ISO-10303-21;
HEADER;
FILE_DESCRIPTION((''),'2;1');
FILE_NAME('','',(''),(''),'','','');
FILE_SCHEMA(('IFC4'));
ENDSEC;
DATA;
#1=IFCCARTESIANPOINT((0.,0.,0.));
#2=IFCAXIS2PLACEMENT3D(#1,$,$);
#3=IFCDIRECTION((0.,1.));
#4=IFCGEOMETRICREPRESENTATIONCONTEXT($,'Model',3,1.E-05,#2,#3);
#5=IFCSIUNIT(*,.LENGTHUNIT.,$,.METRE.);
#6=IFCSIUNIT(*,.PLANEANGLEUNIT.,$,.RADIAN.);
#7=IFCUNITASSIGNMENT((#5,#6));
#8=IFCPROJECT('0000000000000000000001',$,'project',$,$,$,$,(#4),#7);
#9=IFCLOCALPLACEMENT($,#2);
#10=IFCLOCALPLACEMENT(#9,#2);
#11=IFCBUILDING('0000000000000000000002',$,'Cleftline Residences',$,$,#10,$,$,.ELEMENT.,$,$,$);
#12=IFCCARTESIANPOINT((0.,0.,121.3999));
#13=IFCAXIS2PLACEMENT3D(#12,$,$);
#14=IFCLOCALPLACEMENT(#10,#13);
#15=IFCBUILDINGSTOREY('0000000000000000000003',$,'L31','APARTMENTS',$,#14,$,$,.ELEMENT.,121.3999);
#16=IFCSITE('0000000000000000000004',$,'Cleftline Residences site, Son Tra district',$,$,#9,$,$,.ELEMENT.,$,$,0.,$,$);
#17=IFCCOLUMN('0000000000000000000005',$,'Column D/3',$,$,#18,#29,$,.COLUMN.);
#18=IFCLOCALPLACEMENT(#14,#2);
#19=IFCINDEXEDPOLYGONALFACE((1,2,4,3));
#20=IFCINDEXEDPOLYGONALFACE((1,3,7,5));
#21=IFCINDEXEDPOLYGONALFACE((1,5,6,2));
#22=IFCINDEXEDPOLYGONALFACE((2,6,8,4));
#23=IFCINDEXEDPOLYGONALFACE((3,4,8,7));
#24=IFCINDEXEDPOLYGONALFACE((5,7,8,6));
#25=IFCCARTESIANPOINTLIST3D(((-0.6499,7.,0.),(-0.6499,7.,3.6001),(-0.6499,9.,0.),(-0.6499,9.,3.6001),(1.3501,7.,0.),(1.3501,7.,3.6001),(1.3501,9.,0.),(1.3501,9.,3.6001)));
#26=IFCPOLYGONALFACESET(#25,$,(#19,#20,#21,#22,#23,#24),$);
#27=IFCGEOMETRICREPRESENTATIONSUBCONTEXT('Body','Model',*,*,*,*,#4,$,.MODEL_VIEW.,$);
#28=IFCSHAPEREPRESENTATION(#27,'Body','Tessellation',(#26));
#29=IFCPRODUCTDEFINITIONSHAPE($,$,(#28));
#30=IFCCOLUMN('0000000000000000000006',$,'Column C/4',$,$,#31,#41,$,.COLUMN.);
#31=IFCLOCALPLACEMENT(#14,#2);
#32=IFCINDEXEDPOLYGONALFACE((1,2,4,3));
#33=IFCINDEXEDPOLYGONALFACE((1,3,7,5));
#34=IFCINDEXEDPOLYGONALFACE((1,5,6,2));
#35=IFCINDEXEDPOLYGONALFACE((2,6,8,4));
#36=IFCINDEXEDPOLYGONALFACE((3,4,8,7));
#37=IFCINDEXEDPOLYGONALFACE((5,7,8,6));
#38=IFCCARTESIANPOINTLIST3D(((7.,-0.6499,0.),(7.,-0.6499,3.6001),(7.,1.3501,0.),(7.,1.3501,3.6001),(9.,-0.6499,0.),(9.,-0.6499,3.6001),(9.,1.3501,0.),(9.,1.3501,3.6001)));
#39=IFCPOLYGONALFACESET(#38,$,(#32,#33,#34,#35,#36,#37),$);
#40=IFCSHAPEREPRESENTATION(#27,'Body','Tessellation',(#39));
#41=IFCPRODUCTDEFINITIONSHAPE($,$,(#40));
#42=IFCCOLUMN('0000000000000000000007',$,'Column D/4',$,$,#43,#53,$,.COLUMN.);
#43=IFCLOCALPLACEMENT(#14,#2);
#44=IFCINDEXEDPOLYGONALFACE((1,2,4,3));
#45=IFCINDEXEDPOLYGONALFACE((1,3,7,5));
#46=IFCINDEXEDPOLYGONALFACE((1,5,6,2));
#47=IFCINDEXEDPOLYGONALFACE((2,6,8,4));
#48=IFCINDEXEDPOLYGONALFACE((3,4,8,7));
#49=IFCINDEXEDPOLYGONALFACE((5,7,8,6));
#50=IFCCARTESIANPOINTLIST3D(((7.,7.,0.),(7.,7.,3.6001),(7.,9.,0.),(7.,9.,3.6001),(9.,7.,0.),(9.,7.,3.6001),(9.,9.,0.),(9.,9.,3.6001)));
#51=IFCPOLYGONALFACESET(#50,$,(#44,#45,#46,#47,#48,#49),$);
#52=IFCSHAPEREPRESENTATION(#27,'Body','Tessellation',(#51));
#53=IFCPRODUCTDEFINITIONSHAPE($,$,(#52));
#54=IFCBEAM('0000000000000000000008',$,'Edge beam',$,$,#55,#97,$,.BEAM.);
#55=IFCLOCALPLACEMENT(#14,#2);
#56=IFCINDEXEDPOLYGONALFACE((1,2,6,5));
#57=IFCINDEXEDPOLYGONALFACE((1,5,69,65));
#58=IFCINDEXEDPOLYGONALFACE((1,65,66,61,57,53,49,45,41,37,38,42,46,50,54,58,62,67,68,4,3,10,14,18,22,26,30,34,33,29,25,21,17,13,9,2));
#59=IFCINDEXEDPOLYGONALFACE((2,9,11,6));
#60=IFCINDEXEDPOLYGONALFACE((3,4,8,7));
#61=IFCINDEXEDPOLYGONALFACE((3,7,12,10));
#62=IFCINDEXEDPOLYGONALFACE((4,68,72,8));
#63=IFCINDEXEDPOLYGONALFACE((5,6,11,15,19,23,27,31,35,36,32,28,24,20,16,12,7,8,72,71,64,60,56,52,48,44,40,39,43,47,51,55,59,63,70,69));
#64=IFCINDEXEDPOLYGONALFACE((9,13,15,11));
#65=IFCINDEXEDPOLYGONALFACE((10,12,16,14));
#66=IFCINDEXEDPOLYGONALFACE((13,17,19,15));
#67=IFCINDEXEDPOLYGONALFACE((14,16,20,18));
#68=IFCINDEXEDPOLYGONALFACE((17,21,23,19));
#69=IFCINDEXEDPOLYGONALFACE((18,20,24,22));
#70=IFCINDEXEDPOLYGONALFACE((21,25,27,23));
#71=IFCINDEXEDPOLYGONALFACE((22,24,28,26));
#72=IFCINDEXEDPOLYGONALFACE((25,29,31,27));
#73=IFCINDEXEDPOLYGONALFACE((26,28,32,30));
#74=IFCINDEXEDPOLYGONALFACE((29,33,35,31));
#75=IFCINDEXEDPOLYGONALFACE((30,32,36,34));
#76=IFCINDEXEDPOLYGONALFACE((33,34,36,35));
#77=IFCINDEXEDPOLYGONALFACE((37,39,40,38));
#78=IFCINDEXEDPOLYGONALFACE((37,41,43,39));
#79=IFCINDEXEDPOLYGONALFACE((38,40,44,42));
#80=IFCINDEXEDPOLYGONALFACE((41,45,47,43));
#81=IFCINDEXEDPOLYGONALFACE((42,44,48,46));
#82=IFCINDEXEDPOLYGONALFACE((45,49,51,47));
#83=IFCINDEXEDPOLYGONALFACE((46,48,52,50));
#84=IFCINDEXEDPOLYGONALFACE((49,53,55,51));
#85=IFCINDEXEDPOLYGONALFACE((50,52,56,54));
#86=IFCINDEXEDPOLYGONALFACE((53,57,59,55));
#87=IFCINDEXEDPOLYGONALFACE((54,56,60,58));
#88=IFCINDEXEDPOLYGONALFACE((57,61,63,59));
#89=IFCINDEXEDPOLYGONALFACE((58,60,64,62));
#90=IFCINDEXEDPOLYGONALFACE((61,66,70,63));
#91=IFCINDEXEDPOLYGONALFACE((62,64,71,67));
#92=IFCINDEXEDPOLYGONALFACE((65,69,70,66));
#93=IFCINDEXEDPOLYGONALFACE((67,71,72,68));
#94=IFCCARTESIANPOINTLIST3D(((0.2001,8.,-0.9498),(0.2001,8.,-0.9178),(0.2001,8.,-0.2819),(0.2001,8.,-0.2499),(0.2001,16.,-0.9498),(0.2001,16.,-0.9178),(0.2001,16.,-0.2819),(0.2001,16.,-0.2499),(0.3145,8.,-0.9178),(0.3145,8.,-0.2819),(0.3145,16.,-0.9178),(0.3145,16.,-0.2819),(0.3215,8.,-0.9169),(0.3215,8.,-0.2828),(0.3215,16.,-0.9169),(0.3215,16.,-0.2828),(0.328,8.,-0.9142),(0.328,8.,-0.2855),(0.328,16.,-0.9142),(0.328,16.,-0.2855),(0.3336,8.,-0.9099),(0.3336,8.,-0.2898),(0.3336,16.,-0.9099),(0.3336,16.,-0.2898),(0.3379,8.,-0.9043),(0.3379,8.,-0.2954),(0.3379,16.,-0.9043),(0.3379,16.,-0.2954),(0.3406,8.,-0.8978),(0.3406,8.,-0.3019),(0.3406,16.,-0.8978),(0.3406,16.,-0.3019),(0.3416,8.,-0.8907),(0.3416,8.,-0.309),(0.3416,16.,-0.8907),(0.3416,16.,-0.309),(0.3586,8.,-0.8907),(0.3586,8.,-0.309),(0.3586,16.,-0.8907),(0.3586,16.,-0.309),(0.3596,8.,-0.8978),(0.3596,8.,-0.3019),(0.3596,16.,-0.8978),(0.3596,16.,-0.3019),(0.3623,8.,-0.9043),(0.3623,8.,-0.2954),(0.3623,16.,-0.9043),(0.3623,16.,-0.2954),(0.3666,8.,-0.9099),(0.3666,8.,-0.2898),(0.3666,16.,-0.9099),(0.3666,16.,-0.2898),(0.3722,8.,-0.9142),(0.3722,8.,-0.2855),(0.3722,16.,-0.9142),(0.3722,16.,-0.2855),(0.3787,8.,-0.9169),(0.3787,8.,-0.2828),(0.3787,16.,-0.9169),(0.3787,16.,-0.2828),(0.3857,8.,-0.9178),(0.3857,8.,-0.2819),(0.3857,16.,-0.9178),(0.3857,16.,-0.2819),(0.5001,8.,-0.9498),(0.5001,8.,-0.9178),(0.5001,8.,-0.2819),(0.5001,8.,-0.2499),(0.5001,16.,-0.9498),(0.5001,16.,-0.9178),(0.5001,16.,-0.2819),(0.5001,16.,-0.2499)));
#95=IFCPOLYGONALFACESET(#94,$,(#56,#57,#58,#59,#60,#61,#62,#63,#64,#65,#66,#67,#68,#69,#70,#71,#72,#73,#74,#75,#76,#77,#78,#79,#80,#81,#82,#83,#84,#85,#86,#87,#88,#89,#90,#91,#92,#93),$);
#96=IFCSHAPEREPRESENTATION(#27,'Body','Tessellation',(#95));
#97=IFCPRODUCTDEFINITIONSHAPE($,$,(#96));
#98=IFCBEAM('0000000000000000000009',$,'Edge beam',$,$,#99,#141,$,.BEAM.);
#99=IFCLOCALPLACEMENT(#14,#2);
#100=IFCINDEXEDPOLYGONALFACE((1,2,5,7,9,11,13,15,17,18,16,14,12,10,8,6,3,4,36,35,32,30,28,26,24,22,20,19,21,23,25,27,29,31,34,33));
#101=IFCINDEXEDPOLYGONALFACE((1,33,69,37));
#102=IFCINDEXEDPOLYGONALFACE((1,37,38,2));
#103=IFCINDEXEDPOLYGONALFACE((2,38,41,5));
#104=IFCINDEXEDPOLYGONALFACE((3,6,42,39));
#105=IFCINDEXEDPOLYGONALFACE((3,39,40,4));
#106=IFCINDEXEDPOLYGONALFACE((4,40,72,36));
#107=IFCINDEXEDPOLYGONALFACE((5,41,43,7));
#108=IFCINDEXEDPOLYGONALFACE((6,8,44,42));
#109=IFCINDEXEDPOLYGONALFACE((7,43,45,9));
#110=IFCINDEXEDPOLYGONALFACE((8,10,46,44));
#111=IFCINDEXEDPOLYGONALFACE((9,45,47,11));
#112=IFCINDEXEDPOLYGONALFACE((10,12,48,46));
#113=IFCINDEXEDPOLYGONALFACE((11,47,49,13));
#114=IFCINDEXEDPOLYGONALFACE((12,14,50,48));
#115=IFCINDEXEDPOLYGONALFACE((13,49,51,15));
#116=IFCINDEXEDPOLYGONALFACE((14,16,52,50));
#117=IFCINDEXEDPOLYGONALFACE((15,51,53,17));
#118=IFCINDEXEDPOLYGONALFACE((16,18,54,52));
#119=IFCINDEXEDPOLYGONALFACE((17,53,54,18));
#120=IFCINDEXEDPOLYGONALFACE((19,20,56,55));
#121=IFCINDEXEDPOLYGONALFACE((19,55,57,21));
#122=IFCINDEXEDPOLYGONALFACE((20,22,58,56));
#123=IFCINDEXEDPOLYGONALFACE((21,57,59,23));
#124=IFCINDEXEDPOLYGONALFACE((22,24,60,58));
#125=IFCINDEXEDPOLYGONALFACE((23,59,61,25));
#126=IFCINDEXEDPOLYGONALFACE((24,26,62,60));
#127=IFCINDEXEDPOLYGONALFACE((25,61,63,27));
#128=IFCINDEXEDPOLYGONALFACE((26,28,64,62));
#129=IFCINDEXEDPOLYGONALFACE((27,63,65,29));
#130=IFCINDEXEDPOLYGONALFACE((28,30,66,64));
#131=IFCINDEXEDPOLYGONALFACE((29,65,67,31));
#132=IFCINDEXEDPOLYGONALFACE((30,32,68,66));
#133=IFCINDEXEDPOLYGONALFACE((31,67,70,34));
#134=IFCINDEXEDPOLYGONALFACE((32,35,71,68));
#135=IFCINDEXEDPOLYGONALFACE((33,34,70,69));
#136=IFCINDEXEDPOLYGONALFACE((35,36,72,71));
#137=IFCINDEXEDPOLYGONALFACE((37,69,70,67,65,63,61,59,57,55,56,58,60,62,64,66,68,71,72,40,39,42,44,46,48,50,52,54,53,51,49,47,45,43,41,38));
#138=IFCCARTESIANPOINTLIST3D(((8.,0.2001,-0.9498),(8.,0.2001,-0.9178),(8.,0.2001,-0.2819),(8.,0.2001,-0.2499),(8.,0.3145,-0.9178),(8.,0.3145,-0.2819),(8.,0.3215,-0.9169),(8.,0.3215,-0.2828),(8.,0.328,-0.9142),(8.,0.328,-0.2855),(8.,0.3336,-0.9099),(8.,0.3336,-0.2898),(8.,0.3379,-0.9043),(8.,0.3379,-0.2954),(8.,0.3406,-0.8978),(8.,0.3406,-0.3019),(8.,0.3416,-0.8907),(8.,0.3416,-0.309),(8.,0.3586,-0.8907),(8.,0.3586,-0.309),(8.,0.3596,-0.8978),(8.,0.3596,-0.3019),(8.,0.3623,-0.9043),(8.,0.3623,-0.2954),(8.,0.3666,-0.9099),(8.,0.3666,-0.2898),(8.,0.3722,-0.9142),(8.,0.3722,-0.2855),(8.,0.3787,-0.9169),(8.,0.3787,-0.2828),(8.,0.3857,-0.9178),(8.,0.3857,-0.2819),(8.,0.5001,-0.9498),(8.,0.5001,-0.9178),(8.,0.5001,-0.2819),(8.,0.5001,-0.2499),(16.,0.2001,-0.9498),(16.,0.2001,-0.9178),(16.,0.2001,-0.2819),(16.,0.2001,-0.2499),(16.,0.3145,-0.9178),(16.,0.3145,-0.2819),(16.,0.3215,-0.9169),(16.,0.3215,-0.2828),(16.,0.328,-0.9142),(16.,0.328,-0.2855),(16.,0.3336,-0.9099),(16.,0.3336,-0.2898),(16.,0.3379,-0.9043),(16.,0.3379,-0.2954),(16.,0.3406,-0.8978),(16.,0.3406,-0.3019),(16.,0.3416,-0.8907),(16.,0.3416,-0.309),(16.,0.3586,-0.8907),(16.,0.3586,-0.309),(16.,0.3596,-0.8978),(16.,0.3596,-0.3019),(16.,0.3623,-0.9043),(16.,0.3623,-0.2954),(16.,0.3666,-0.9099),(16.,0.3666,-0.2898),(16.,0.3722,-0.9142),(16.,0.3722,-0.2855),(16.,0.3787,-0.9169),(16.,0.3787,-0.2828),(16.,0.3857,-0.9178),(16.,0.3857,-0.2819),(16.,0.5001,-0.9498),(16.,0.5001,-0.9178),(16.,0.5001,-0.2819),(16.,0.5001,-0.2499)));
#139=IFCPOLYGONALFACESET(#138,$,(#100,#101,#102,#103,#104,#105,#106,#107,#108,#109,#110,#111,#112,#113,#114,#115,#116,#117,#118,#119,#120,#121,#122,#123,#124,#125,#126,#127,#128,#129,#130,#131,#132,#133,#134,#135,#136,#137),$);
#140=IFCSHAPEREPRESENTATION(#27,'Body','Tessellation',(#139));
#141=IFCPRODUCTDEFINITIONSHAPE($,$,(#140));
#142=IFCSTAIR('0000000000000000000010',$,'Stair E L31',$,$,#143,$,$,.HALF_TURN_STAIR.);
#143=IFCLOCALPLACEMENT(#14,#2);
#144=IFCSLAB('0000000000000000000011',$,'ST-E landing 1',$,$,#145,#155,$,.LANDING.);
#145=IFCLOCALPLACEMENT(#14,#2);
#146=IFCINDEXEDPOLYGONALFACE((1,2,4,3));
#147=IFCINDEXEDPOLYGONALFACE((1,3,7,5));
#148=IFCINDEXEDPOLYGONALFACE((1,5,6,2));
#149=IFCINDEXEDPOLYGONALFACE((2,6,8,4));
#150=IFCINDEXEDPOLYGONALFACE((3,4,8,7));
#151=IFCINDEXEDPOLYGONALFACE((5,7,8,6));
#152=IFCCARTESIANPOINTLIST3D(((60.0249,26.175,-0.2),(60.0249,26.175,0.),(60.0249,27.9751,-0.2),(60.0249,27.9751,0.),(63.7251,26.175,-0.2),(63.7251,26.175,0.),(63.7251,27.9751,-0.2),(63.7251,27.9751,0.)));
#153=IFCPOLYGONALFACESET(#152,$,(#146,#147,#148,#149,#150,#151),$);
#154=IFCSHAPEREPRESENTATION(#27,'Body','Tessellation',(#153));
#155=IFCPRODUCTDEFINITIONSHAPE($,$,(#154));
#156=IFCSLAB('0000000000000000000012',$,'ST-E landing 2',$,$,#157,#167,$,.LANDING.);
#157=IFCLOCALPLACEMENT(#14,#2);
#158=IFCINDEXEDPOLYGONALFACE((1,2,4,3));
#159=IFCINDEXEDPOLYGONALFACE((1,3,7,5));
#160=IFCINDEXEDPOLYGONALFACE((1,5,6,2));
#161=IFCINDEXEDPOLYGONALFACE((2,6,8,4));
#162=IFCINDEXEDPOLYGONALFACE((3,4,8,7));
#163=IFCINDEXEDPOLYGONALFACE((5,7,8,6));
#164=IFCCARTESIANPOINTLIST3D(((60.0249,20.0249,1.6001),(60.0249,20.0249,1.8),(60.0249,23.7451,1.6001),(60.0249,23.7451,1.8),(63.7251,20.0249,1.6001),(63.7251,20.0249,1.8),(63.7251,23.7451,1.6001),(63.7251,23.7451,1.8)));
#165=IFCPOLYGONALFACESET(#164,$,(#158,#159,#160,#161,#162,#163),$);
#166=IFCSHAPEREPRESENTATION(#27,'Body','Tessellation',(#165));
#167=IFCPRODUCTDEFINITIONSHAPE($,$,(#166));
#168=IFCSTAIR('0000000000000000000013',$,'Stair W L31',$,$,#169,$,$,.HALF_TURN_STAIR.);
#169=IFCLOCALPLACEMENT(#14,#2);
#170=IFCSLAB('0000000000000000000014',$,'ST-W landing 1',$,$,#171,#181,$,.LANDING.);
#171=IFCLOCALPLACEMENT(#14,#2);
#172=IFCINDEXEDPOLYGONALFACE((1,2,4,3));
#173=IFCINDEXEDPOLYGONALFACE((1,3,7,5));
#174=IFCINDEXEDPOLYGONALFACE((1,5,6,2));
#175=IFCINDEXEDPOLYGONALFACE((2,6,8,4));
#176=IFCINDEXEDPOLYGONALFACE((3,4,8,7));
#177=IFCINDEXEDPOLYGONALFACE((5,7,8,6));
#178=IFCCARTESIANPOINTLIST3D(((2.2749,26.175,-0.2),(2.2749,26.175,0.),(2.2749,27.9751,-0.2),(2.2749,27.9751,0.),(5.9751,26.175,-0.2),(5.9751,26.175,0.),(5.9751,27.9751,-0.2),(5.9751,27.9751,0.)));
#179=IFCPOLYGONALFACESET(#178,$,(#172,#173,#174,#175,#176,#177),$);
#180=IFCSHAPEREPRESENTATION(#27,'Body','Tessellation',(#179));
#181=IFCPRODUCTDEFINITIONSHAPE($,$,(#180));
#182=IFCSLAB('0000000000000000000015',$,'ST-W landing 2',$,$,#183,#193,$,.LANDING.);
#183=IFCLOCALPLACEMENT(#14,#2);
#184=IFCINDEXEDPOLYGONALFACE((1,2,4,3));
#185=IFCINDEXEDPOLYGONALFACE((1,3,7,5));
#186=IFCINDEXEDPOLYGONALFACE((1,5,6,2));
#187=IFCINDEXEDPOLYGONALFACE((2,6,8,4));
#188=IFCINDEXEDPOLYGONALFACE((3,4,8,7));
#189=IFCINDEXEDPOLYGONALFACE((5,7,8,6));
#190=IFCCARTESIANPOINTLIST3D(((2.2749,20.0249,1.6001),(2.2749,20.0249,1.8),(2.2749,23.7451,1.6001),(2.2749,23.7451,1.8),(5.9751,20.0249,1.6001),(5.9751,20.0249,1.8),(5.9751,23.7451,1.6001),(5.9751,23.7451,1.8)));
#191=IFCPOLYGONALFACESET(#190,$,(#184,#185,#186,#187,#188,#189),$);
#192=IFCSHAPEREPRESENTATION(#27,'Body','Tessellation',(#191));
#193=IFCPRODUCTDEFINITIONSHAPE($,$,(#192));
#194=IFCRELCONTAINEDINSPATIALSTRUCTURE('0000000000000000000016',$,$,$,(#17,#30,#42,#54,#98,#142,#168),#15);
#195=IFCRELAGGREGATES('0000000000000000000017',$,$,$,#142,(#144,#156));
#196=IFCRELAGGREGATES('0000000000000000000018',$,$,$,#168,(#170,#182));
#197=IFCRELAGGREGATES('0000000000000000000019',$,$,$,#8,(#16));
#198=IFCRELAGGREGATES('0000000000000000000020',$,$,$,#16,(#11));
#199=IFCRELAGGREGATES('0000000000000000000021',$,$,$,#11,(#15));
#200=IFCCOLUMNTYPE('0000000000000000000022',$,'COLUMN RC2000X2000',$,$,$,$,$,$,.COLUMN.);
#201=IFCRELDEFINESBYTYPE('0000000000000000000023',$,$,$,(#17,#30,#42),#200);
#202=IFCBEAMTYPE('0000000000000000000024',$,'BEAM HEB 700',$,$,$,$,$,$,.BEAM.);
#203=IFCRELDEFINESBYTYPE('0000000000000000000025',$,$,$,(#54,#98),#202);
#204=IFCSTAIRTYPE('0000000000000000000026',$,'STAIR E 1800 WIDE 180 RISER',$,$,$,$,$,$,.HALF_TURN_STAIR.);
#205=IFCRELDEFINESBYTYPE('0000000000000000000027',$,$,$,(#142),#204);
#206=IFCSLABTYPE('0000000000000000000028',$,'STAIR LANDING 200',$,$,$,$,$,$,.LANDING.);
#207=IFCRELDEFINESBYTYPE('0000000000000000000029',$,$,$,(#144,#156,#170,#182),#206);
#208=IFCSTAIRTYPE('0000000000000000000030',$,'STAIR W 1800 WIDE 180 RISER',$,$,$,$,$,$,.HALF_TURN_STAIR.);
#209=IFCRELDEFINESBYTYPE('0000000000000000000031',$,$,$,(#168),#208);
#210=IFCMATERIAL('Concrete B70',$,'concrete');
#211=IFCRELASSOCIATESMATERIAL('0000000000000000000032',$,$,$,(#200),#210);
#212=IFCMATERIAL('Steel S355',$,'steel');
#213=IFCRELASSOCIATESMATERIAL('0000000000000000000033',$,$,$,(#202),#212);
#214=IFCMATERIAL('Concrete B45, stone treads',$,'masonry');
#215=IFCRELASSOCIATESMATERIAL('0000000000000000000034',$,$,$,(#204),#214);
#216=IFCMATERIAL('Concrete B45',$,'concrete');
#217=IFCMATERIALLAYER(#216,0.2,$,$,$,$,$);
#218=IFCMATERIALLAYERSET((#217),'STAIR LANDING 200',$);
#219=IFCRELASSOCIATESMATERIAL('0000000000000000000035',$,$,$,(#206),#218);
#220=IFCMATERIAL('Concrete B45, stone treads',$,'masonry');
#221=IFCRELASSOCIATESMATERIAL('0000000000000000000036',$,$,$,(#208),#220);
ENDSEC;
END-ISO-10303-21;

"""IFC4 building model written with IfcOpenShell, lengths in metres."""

from ifc_helpers import new_model, si_unit, direction, frame, origin, origin_2d, place, context, subcontext, project, spatial, polyline, rectangle, i_section, outline, extrude, material, layer, layer_set, material_profile, profile_set, type_object, element, aggregate, save


model = new_model("IFC4")

# Units and contexts
model_context = context("Model", 3, precision=1e-05, world=origin(), true_north=direction((0.0, 1.0)))
body_context = subcontext(model_context, "Body", "Model", "MODEL_VIEW")
ifc_project = project(units=[si_unit("LENGTHUNIT", "METRE"), si_unit("PLANEANGLEUNIT", "RADIAN")], contexts=[model_context])

# Site, building, storey
site_placement = place(None, origin())
site = spatial("IfcSite", under=ifc_project, at=site_placement, Name="Cleftline Residences site, Son Tra district", CompositionType="ELEMENT", RefElevation=0.0)
building_placement = place(site_placement, origin())
building = spatial("IfcBuilding", under=site, at=building_placement, Name="Cleftline Residences", CompositionType="ELEMENT")
storey_placement = place(building_placement, frame((0.0, 0.0, 121.3999)))
storey = spatial("IfcBuildingStorey", under=building, at=storey_placement, Name="L31", Description="APARTMENTS", CompositionType="ELEMENT", Elevation=121.3999)

# Columns
ifc_material_1 = material(Name="Concrete B70", Category="concrete")
ifc_material_profile_1 = material_profile(ifc_material_1, rectangle(XDim=2.0, YDim=2.0, at=origin_2d()))
ifc_profile_set_1 = profile_set([ifc_material_profile_1], Name="Concrete B70")
column_type = type_object("IfcColumnType", Name="COLUMN RC2000X2000", PredefinedType="COLUMN", material=ifc_profile_set_1)
for number, where, z_axis, x_axis, name in (
    (1, (0.3501, 8.0, 0.0), (0.0, 0.0, 1.0), (1.0, 0.0, 0.0), "Column D/3"),
    (2, (8.0, 0.3501, 0.0), (0.0, 0.0, 1.0), (1.0, 0.0, 0.0), "Column C/4"),
    (3, (8.0, 8.0, 0.0), (0.0, 0.0, 1.0), (1.0, 0.0, 0.0), "Column D/4"),
):
    element("IfcColumn", number, at=place(storey_placement, frame(where, z_axis=z_axis, x_axis=x_axis)), inside=storey, type_object=column_type, Name=name, PredefinedType="COLUMN", context=body_context, shape_type="SweptSolid", body=[
        extrude(rectangle(XDim=2.0, YDim=2.0, at=origin_2d()), origin(), (0.0, 0.0, 1.0), 3.6001),
    ])

# Beams
ifc_material_2 = material(Name="Steel S355", Category="steel")
ifc_material_profile_2 = material_profile(ifc_material_2, i_section(OverallWidth=0.3, OverallDepth=0.7, WebThickness=0.0171, FlangeThickness=0.032, FilletRadius=0.0271, at=origin_2d()))
ifc_profile_set_2 = profile_set([ifc_material_profile_2], Name="Steel S355")
beam_type = type_object("IfcBeamType", Name="BEAM HEB 700", PredefinedType="BEAM", material=ifc_profile_set_2)
for number, where, z_axis, x_axis, name in (
    (4, (0.3501, 8.0, -0.5999), (0.0, 1.0, 0.0), (-1.0, 0.0, 0.0), "Edge beam"),
    (5, (8.0, 0.3501, -0.5999), (1.0, 0.0, 0.0), (0.0, 1.0, 0.0), "Edge beam"),
):
    element("IfcBeam", number, at=place(storey_placement, frame(where, z_axis=z_axis, x_axis=x_axis)), inside=storey, type_object=beam_type, Name=name, PredefinedType="BEAM", context=body_context, shape_type="SweptSolid", body=[
        extrude(i_section(OverallWidth=0.3, OverallDepth=0.7, WebThickness=0.0171, FlangeThickness=0.032, FilletRadius=0.0271, at=origin_2d()), origin(), (0.0, 0.0, 1.0), 8.0),
    ])

# Stairs, slabs
ifc_material_3 = material(Name="Concrete B45, stone treads", Category="masonry")
stair_type_1 = type_object("IfcStairType", Name="STAIR E 1800 WIDE 180 RISER", PredefinedType="HALF_TURN_STAIR", material=ifc_material_3)
stair_1_placement = place(storey_placement, origin())
stair_1 = element("IfcStair", 6, at=stair_1_placement, inside=storey, type_object=stair_type_1, Name="Stair E L31", PredefinedType="HALF_TURN_STAIR")
ifc_material_4 = material(Name="Concrete B45", Category="concrete")
ifc_layer_1 = layer(ifc_material_4, 0.2)
ifc_layer_set_1 = layer_set([ifc_layer_1], Name="STAIR LANDING 200")
slab_type = type_object("IfcSlabType", Name="STAIR LANDING 200", PredefinedType="LANDING", material=ifc_layer_set_1)
slab_1_placement = place(storey_placement, frame((0.0, 0.0, -0.2)))
slab_1 = element("IfcSlab", 7, at=slab_1_placement, type_object=slab_type, Name="ST-E landing 1", PredefinedType="LANDING", context=body_context, shape_type="SweptSolid", body=[
    extrude(outline(polyline([(60.0249, 26.175), (63.7251, 26.175), (63.7251, 27.9751), (60.0249, 27.9751), (60.0249, 26.175)])), origin(), (0.0, 0.0, 1.0), 0.2),
])
slab_2_placement = place(storey_placement, frame((0.0, 0.0, 1.6001)))
slab_2 = element("IfcSlab", 8, at=slab_2_placement, type_object=slab_type, Name="ST-E landing 2", PredefinedType="LANDING", context=body_context, shape_type="SweptSolid", body=[
    extrude(outline(polyline([(60.0249, 20.0249), (63.7251, 20.0249), (63.7251, 23.7451), (60.0249, 23.7451), (60.0249, 20.0249)])), origin(), (0.0, 0.0, 1.0), 0.2),
])
aggregate(stair_1, [slab_1, slab_2])
ifc_material_5 = material(Name="Concrete B45, stone treads", Category="masonry")
stair_type_2 = type_object("IfcStairType", Name="STAIR W 1800 WIDE 180 RISER", PredefinedType="HALF_TURN_STAIR", material=ifc_material_5)
stair_2_placement = place(storey_placement, origin())
stair_2 = element("IfcStair", 9, at=stair_2_placement, inside=storey, type_object=stair_type_2, Name="Stair W L31", PredefinedType="HALF_TURN_STAIR")
slab_3_placement = place(storey_placement, frame((0.0, 0.0, -0.2)))
slab_3 = element("IfcSlab", 10, at=slab_3_placement, type_object=slab_type, Name="ST-W landing 1", PredefinedType="LANDING", context=body_context, shape_type="SweptSolid", body=[
    extrude(outline(polyline([(2.2749, 26.175), (5.9751, 26.175), (5.9751, 27.9751), (2.2749, 27.9751), (2.2749, 26.175)])), origin(), (0.0, 0.0, 1.0), 0.2),
])
slab_4_placement = place(storey_placement, frame((0.0, 0.0, 1.6001)))
slab_4 = element("IfcSlab", 11, at=slab_4_placement, type_object=slab_type, Name="ST-W landing 2", PredefinedType="LANDING", context=body_context, shape_type="SweptSolid", body=[
    extrude(outline(polyline([(2.2749, 20.0249), (5.9751, 20.0249), (5.9751, 23.7451), (2.2749, 23.7451), (2.2749, 20.0249)])), origin(), (0.0, 0.0, 1.0), 0.2),
])
aggregate(stair_2, [slab_3, slab_4])

save(model, "model.ifc")
